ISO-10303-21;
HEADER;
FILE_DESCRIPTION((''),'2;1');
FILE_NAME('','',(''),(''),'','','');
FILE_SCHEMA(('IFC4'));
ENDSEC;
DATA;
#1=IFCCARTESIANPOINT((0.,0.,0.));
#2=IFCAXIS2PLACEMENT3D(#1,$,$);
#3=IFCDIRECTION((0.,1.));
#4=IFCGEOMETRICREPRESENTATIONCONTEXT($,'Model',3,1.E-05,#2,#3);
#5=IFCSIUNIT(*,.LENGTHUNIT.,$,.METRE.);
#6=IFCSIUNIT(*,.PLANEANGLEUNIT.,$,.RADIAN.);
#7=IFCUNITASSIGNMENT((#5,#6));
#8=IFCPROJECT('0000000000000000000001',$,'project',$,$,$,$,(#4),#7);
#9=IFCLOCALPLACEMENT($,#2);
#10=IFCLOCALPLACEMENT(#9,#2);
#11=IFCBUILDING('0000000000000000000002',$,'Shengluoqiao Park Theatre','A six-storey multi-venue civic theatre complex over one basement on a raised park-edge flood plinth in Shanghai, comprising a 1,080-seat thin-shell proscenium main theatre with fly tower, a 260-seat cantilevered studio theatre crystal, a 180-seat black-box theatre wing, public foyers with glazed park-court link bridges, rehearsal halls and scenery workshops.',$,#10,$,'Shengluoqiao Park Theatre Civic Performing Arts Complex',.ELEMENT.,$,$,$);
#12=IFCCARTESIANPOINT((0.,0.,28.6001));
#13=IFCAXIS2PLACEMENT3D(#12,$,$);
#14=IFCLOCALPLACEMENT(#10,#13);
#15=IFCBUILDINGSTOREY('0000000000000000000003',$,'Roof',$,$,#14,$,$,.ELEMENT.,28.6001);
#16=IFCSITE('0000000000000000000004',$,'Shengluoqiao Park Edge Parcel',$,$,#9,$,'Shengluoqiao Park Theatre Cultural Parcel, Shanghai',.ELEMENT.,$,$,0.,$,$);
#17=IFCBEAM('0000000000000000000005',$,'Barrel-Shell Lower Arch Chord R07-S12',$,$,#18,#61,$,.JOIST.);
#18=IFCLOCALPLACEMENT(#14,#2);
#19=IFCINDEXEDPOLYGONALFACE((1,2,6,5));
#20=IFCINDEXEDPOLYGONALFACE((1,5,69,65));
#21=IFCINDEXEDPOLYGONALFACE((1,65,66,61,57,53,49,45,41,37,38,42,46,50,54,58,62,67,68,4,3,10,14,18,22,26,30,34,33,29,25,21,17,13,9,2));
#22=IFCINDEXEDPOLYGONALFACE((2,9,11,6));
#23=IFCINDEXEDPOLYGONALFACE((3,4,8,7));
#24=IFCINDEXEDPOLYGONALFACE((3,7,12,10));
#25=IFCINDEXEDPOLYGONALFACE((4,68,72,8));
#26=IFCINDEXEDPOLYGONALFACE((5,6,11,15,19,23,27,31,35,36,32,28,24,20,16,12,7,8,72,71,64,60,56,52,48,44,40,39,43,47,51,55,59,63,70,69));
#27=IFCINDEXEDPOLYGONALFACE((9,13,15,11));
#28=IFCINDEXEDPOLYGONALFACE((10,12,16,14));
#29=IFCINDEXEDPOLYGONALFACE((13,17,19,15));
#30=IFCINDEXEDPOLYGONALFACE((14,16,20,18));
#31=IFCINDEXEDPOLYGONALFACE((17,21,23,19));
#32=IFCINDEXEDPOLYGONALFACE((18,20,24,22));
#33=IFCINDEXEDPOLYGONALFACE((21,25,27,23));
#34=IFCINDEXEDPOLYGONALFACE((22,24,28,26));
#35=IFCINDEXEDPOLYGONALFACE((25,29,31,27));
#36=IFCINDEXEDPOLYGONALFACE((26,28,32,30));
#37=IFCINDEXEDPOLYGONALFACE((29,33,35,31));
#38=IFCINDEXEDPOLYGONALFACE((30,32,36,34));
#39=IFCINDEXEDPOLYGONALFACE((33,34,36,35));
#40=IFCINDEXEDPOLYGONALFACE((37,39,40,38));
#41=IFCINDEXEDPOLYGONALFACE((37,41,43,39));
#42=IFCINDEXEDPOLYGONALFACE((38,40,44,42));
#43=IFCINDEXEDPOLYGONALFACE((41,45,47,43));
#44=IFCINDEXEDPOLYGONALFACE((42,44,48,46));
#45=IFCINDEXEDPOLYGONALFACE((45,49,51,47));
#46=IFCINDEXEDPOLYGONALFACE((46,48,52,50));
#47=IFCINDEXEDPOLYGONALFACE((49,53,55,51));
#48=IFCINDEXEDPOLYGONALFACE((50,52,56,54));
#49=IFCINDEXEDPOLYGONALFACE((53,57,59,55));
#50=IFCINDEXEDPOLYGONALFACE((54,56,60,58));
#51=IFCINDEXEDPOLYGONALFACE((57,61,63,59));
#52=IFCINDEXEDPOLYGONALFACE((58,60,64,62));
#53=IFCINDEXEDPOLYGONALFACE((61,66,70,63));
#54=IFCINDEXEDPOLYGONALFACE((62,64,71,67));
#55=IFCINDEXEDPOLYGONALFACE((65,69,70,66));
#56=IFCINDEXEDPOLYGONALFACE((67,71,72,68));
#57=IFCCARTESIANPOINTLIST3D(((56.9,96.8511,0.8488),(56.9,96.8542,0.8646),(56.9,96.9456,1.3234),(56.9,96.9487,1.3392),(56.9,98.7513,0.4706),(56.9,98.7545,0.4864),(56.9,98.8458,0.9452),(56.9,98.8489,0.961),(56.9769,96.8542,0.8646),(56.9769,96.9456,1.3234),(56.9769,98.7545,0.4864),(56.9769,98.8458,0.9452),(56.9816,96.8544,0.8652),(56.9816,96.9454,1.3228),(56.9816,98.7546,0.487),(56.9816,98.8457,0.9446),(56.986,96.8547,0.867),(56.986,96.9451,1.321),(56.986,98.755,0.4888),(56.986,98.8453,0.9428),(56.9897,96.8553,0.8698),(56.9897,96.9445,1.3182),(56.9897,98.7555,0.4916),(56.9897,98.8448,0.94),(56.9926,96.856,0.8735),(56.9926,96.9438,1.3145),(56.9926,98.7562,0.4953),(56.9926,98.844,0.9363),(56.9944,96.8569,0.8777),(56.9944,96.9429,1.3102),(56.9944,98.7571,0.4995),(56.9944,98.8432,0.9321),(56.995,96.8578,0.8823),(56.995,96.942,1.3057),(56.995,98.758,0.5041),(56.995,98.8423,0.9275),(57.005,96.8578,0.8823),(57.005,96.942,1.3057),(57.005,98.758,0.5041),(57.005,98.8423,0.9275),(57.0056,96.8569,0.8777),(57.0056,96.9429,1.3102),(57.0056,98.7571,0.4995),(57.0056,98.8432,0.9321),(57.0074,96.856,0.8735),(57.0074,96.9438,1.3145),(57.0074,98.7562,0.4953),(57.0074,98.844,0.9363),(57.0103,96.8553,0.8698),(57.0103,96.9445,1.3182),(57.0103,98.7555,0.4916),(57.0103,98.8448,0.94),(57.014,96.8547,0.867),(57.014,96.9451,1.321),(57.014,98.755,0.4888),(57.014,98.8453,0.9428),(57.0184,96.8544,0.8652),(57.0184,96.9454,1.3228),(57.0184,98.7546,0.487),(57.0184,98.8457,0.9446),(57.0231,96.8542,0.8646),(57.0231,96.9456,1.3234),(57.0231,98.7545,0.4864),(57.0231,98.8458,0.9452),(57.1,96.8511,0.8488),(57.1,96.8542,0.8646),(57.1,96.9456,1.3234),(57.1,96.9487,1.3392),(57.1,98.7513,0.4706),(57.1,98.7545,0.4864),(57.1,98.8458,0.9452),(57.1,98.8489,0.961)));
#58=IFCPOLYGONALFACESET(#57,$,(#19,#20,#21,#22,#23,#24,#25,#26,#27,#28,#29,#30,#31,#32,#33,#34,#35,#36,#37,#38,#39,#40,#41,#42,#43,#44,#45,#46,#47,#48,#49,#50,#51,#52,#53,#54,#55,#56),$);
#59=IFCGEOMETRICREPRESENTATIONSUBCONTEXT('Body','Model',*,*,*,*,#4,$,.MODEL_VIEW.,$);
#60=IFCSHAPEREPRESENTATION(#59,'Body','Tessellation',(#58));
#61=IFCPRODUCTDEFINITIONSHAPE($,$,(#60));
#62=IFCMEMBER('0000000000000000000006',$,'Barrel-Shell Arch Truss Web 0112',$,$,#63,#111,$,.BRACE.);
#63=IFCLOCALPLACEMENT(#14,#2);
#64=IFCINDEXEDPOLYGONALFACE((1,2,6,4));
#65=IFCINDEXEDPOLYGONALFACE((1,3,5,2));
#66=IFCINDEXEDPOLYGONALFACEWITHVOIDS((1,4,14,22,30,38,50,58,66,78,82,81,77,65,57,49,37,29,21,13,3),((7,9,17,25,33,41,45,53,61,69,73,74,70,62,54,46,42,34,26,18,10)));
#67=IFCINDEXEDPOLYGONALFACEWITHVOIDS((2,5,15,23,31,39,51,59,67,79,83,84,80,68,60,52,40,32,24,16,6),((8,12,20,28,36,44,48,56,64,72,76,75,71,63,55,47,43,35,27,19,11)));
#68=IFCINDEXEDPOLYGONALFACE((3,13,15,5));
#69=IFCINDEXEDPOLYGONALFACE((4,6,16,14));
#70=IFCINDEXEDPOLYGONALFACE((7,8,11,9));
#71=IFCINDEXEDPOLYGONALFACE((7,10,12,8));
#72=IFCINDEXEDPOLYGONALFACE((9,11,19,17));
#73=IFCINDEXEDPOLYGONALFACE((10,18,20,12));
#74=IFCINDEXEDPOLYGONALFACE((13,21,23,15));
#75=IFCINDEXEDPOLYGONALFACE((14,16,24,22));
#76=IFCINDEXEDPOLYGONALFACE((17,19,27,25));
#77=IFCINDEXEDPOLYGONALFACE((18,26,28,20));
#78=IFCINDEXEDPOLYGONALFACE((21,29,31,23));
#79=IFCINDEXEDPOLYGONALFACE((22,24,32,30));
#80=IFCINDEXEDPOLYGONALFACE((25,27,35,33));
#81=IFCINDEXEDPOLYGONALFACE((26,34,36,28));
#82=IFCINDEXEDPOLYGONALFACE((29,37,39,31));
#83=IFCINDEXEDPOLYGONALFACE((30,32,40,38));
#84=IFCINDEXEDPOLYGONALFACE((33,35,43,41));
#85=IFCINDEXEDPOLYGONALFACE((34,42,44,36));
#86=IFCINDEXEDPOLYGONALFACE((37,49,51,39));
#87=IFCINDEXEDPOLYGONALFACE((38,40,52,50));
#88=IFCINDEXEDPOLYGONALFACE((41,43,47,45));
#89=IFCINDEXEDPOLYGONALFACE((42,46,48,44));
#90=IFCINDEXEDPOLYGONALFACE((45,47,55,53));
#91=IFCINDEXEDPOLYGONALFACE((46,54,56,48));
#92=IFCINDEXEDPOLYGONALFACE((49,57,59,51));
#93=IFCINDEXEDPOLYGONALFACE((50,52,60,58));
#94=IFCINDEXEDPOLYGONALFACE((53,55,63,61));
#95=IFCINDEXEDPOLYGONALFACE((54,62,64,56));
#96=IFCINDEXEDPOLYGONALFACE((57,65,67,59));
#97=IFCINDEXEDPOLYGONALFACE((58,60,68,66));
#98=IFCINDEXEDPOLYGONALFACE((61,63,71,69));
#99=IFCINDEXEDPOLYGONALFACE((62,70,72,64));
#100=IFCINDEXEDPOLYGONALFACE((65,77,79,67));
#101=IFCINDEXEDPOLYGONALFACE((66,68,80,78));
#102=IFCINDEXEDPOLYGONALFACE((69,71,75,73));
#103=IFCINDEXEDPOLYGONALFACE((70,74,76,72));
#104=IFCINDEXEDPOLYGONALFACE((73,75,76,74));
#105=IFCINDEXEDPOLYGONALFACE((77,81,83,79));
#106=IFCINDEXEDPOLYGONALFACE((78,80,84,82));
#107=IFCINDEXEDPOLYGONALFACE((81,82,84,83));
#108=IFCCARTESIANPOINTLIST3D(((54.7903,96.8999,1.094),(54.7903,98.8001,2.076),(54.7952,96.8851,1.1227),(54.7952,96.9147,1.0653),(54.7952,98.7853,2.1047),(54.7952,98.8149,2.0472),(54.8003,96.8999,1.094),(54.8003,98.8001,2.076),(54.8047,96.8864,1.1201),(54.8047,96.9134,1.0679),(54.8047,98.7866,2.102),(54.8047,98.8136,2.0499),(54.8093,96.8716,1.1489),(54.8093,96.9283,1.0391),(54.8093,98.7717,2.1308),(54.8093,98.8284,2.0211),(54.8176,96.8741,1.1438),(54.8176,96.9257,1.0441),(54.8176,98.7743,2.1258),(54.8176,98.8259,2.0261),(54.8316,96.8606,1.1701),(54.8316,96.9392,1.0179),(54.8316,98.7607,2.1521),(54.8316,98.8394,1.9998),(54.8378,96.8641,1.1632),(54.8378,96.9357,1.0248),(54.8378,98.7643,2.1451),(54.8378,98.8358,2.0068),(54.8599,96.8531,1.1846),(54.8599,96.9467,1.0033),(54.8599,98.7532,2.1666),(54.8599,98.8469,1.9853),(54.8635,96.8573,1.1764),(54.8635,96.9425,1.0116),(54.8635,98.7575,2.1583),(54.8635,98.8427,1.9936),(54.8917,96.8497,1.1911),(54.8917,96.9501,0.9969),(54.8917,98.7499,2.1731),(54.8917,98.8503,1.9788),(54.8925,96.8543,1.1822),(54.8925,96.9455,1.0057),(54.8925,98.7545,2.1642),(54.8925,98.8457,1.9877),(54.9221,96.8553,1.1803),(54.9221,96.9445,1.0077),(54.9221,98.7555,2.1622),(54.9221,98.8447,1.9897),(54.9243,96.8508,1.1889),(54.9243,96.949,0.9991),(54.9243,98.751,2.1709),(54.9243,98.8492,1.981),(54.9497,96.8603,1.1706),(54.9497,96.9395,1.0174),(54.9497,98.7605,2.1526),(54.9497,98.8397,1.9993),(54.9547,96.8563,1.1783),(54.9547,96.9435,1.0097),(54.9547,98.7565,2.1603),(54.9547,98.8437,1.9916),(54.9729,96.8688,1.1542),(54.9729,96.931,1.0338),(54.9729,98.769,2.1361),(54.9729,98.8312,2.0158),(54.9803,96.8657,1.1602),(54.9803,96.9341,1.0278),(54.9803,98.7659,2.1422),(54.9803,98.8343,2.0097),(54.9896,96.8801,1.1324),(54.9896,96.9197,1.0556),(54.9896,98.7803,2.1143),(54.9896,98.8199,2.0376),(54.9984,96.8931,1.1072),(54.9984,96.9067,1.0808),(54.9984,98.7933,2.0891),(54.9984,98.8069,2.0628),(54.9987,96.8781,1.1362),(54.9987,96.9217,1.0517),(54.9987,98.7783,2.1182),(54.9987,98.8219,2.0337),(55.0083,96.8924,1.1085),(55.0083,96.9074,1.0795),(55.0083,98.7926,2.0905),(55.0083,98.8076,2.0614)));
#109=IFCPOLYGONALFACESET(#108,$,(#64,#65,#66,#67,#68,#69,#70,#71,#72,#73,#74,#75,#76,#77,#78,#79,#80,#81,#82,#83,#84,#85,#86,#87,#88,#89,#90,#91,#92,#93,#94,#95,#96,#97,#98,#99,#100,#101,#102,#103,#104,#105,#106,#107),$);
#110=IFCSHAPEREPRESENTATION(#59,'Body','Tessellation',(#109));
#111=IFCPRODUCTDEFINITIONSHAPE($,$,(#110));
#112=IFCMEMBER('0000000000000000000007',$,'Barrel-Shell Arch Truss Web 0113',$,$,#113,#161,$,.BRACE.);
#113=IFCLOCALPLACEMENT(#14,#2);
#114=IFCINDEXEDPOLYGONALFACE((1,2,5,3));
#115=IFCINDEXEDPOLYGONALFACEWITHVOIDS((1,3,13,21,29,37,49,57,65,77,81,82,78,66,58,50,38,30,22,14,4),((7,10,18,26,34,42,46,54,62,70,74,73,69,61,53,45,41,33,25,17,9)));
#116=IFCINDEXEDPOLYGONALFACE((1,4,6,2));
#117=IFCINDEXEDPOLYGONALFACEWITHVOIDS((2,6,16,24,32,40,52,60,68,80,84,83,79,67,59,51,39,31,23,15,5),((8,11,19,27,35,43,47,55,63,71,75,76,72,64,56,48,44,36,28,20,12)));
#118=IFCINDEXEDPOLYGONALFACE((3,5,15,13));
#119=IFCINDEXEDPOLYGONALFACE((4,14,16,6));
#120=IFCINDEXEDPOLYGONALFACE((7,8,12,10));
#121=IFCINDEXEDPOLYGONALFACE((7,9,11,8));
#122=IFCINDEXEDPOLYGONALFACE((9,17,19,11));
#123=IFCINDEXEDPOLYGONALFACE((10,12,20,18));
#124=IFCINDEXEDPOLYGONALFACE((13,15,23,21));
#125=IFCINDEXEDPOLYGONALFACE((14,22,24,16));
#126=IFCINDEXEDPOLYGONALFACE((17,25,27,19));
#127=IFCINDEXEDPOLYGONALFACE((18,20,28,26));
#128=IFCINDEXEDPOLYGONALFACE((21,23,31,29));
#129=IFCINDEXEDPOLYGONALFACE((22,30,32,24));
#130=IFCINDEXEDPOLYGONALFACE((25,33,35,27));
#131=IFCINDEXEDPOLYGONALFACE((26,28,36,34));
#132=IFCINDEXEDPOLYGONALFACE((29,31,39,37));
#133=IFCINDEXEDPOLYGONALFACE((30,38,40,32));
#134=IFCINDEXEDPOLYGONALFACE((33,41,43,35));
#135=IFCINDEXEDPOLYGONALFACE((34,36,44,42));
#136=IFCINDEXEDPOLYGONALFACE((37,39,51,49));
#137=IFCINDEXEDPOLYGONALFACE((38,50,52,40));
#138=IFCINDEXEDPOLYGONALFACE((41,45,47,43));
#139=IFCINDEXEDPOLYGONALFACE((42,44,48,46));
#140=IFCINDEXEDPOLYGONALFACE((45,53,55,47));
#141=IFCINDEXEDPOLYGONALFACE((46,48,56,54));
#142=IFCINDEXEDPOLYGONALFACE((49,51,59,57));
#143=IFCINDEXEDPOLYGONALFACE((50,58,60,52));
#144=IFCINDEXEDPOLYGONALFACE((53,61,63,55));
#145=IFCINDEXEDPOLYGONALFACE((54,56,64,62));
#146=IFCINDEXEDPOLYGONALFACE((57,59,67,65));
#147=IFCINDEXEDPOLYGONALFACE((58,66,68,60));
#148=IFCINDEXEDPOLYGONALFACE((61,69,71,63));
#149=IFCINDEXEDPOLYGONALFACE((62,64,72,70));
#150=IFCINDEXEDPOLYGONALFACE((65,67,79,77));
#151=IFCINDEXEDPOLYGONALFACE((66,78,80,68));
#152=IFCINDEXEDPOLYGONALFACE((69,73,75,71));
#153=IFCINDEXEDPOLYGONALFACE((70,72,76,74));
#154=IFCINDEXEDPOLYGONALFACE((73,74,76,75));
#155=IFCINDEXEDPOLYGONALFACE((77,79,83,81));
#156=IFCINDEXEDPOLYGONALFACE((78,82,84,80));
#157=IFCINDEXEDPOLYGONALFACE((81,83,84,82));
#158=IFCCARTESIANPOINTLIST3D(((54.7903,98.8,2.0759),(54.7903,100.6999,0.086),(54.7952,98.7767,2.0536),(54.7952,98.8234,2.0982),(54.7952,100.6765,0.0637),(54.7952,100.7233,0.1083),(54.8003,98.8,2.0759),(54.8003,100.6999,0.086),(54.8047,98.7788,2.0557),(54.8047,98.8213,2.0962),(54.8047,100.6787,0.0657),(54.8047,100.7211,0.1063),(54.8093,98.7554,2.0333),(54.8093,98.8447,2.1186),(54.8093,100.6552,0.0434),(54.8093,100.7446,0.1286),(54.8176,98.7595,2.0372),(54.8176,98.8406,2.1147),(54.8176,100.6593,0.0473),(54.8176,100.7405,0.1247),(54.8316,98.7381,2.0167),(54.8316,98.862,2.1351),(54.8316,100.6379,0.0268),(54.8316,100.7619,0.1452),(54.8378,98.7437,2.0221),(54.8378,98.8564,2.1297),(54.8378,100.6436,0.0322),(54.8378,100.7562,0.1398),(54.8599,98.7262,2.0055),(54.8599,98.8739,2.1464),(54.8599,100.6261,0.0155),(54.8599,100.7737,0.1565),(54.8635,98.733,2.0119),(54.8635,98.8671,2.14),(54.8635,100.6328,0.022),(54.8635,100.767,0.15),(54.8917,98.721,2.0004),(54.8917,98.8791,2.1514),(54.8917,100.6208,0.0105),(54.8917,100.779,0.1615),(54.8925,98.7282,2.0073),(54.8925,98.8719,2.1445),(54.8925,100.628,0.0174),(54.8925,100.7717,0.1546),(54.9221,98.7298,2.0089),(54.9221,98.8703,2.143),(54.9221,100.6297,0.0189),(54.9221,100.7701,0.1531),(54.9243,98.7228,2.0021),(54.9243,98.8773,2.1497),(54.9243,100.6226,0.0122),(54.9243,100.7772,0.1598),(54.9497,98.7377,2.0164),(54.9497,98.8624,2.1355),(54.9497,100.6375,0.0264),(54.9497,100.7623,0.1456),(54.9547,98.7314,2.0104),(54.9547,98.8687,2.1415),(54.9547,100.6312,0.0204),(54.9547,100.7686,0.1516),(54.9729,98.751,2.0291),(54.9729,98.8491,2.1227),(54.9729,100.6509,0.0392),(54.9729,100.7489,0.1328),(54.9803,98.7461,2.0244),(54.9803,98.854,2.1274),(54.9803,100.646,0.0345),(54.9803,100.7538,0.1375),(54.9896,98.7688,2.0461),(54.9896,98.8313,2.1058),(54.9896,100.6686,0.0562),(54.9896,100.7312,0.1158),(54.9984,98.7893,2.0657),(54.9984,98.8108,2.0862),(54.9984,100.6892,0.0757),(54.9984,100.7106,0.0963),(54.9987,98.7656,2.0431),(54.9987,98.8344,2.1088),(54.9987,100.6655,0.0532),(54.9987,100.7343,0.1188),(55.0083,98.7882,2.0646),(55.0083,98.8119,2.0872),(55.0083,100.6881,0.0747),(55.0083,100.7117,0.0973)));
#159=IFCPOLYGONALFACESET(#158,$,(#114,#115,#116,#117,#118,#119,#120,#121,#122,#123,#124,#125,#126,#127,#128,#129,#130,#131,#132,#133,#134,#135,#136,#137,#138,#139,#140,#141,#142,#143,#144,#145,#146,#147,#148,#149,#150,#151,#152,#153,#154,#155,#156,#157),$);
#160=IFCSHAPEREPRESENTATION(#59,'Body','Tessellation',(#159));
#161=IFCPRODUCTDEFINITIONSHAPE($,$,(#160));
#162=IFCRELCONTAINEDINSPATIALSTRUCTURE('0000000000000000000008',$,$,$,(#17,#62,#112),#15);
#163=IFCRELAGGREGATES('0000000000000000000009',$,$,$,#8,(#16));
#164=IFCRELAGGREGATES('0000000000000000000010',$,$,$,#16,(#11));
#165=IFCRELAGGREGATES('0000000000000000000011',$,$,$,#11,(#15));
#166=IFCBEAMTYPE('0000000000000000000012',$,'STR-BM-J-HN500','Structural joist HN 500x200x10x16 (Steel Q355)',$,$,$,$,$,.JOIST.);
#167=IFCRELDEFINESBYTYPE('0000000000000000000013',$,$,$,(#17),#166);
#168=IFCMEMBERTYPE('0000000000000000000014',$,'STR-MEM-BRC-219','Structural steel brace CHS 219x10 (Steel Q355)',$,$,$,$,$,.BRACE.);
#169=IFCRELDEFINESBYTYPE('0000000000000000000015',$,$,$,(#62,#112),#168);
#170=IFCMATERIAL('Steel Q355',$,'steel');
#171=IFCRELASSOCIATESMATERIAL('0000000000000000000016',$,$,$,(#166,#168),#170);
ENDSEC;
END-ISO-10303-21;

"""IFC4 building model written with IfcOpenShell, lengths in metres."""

from ifc_helpers import new_model, si_unit, direction, frame, origin, origin_2d, place, context, subcontext, project, spatial, hollow_circle, i_section, extrude, material, material_profile, profile_set, type_object, element, save


model = new_model("IFC4")

# Units and contexts
model_context = context("Model", 3, precision=1e-05, world=origin(), true_north=direction((0.0, 1.0)))
body_context = subcontext(model_context, "Body", "Model", "MODEL_VIEW")
ifc_project = project(units=[si_unit("LENGTHUNIT", "METRE"), si_unit("PLANEANGLEUNIT", "RADIAN")], contexts=[model_context])

# Site, building, storey
site_placement = place(None, origin())
site = spatial("IfcSite", under=ifc_project, at=site_placement, Name="Shengluoqiao Park Edge Parcel", LongName="Shengluoqiao Park Theatre Cultural Parcel, Shanghai", CompositionType="ELEMENT", RefElevation=0.0)
building_placement = place(site_placement, origin())
building = spatial("IfcBuilding", under=site, at=building_placement, Name="Shengluoqiao Park Theatre", Description="A six-storey multi-venue civic theatre complex over one basement on a raised park-edge flood plinth in Shanghai, comprising a 1,080-seat thin-shell proscenium main theatre with fly tower, a 260-seat cantilevered studio theatre crystal, a 180-seat black-box theatre wing, public foyers with glazed park-court link bridges, rehearsal halls and scenery workshops.", LongName="Shengluoqiao Park Theatre Civic Performing Arts Complex", CompositionType="ELEMENT")
storey_placement = place(building_placement, frame((0.0, 0.0, 28.6001)))
storey = spatial("IfcBuildingStorey", under=building, at=storey_placement, Name="Roof", CompositionType="ELEMENT", Elevation=28.6001)

# Beam
ifc_material_1 = material(Name="Steel Q355", Category="steel")
ifc_material_profile_1 = material_profile(ifc_material_1, i_section(OverallWidth=0.2, OverallDepth=0.5, WebThickness=0.01, FlangeThickness=0.0161, FilletRadius=0.0181, at=origin_2d()), Name="HN 500x200x10x16")
ifc_profile_set_1 = profile_set([ifc_material_profile_1], Name="Steel Q355")
beam_type_1 = type_object("IfcBeamType", Name="STR-BM-J-HN500", Description="Structural joist HN 500x200x10x16 (Steel Q355)", PredefinedType="JOIST", material=ifc_profile_set_1)
beam_1_placement = place(storey_placement, frame((57.0, 96.8999, 1.094), z_axis=(0.0, 0.980764, -0.195195), x_axis=(-1.0, 0.0, 0.0)))
element("IfcBeam", 1, at=beam_1_placement, inside=storey, type_object=beam_type_1, Name="Barrel-Shell Lower Arch Chord R07-S12", PredefinedType="JOIST", context=body_context, shape_type="SweptSolid", body=[
    extrude(i_section(OverallWidth=0.2, OverallDepth=0.5, WebThickness=0.01, FlangeThickness=0.0161, FilletRadius=0.0181, at=origin_2d()), origin(), (0.0, 0.0, 1.0), 1.9375),
])

# Members
ifc_material_profile_2 = material_profile(ifc_material_1, hollow_circle(Radius=0.1096, WallThickness=0.01, at=origin_2d()), Name="CHS 219x10")
ifc_profile_set_2 = profile_set([ifc_material_profile_2], Name="Steel Q355")
member_type_1 = type_object("IfcMemberType", Name="STR-MEM-BRC-219", Description="Structural steel brace CHS 219x10 (Steel Q355)", PredefinedType="BRACE", material=ifc_profile_set_2)
member_1_placement = place(storey_placement, frame((54.8999, 96.8999, 1.094), z_axis=(0.0, 0.888389, 0.459091), x_axis=(-1.0, 0.0, 0.0)))
element("IfcMember", 2, at=member_1_placement, inside=storey, type_object=member_type_1, Name="Barrel-Shell Arch Truss Web 0112", PredefinedType="BRACE", context=body_context, shape_type="SweptSolid", body=[
    extrude(hollow_circle(Radius=0.1096, WallThickness=0.01, at=origin_2d()), origin(), (0.0, 0.0, 1.0), 2.1389),
])
member_2_placement = place(storey_placement, frame((54.8999, 98.8, 2.0759), z_axis=(0.0, 0.690545, -0.723289), x_axis=(-1.0, 0.0, 0.0)))
element("IfcMember", 3, at=member_2_placement, inside=storey, type_object=member_type_1, Name="Barrel-Shell Arch Truss Web 0113", PredefinedType="BRACE", context=body_context, shape_type="SweptSolid", body=[
    extrude(hollow_circle(Radius=0.1096, WallThickness=0.01, at=origin_2d()), origin(), (0.0, 0.0, 1.0), 2.7512),
])

save(model, "model.ifc")
